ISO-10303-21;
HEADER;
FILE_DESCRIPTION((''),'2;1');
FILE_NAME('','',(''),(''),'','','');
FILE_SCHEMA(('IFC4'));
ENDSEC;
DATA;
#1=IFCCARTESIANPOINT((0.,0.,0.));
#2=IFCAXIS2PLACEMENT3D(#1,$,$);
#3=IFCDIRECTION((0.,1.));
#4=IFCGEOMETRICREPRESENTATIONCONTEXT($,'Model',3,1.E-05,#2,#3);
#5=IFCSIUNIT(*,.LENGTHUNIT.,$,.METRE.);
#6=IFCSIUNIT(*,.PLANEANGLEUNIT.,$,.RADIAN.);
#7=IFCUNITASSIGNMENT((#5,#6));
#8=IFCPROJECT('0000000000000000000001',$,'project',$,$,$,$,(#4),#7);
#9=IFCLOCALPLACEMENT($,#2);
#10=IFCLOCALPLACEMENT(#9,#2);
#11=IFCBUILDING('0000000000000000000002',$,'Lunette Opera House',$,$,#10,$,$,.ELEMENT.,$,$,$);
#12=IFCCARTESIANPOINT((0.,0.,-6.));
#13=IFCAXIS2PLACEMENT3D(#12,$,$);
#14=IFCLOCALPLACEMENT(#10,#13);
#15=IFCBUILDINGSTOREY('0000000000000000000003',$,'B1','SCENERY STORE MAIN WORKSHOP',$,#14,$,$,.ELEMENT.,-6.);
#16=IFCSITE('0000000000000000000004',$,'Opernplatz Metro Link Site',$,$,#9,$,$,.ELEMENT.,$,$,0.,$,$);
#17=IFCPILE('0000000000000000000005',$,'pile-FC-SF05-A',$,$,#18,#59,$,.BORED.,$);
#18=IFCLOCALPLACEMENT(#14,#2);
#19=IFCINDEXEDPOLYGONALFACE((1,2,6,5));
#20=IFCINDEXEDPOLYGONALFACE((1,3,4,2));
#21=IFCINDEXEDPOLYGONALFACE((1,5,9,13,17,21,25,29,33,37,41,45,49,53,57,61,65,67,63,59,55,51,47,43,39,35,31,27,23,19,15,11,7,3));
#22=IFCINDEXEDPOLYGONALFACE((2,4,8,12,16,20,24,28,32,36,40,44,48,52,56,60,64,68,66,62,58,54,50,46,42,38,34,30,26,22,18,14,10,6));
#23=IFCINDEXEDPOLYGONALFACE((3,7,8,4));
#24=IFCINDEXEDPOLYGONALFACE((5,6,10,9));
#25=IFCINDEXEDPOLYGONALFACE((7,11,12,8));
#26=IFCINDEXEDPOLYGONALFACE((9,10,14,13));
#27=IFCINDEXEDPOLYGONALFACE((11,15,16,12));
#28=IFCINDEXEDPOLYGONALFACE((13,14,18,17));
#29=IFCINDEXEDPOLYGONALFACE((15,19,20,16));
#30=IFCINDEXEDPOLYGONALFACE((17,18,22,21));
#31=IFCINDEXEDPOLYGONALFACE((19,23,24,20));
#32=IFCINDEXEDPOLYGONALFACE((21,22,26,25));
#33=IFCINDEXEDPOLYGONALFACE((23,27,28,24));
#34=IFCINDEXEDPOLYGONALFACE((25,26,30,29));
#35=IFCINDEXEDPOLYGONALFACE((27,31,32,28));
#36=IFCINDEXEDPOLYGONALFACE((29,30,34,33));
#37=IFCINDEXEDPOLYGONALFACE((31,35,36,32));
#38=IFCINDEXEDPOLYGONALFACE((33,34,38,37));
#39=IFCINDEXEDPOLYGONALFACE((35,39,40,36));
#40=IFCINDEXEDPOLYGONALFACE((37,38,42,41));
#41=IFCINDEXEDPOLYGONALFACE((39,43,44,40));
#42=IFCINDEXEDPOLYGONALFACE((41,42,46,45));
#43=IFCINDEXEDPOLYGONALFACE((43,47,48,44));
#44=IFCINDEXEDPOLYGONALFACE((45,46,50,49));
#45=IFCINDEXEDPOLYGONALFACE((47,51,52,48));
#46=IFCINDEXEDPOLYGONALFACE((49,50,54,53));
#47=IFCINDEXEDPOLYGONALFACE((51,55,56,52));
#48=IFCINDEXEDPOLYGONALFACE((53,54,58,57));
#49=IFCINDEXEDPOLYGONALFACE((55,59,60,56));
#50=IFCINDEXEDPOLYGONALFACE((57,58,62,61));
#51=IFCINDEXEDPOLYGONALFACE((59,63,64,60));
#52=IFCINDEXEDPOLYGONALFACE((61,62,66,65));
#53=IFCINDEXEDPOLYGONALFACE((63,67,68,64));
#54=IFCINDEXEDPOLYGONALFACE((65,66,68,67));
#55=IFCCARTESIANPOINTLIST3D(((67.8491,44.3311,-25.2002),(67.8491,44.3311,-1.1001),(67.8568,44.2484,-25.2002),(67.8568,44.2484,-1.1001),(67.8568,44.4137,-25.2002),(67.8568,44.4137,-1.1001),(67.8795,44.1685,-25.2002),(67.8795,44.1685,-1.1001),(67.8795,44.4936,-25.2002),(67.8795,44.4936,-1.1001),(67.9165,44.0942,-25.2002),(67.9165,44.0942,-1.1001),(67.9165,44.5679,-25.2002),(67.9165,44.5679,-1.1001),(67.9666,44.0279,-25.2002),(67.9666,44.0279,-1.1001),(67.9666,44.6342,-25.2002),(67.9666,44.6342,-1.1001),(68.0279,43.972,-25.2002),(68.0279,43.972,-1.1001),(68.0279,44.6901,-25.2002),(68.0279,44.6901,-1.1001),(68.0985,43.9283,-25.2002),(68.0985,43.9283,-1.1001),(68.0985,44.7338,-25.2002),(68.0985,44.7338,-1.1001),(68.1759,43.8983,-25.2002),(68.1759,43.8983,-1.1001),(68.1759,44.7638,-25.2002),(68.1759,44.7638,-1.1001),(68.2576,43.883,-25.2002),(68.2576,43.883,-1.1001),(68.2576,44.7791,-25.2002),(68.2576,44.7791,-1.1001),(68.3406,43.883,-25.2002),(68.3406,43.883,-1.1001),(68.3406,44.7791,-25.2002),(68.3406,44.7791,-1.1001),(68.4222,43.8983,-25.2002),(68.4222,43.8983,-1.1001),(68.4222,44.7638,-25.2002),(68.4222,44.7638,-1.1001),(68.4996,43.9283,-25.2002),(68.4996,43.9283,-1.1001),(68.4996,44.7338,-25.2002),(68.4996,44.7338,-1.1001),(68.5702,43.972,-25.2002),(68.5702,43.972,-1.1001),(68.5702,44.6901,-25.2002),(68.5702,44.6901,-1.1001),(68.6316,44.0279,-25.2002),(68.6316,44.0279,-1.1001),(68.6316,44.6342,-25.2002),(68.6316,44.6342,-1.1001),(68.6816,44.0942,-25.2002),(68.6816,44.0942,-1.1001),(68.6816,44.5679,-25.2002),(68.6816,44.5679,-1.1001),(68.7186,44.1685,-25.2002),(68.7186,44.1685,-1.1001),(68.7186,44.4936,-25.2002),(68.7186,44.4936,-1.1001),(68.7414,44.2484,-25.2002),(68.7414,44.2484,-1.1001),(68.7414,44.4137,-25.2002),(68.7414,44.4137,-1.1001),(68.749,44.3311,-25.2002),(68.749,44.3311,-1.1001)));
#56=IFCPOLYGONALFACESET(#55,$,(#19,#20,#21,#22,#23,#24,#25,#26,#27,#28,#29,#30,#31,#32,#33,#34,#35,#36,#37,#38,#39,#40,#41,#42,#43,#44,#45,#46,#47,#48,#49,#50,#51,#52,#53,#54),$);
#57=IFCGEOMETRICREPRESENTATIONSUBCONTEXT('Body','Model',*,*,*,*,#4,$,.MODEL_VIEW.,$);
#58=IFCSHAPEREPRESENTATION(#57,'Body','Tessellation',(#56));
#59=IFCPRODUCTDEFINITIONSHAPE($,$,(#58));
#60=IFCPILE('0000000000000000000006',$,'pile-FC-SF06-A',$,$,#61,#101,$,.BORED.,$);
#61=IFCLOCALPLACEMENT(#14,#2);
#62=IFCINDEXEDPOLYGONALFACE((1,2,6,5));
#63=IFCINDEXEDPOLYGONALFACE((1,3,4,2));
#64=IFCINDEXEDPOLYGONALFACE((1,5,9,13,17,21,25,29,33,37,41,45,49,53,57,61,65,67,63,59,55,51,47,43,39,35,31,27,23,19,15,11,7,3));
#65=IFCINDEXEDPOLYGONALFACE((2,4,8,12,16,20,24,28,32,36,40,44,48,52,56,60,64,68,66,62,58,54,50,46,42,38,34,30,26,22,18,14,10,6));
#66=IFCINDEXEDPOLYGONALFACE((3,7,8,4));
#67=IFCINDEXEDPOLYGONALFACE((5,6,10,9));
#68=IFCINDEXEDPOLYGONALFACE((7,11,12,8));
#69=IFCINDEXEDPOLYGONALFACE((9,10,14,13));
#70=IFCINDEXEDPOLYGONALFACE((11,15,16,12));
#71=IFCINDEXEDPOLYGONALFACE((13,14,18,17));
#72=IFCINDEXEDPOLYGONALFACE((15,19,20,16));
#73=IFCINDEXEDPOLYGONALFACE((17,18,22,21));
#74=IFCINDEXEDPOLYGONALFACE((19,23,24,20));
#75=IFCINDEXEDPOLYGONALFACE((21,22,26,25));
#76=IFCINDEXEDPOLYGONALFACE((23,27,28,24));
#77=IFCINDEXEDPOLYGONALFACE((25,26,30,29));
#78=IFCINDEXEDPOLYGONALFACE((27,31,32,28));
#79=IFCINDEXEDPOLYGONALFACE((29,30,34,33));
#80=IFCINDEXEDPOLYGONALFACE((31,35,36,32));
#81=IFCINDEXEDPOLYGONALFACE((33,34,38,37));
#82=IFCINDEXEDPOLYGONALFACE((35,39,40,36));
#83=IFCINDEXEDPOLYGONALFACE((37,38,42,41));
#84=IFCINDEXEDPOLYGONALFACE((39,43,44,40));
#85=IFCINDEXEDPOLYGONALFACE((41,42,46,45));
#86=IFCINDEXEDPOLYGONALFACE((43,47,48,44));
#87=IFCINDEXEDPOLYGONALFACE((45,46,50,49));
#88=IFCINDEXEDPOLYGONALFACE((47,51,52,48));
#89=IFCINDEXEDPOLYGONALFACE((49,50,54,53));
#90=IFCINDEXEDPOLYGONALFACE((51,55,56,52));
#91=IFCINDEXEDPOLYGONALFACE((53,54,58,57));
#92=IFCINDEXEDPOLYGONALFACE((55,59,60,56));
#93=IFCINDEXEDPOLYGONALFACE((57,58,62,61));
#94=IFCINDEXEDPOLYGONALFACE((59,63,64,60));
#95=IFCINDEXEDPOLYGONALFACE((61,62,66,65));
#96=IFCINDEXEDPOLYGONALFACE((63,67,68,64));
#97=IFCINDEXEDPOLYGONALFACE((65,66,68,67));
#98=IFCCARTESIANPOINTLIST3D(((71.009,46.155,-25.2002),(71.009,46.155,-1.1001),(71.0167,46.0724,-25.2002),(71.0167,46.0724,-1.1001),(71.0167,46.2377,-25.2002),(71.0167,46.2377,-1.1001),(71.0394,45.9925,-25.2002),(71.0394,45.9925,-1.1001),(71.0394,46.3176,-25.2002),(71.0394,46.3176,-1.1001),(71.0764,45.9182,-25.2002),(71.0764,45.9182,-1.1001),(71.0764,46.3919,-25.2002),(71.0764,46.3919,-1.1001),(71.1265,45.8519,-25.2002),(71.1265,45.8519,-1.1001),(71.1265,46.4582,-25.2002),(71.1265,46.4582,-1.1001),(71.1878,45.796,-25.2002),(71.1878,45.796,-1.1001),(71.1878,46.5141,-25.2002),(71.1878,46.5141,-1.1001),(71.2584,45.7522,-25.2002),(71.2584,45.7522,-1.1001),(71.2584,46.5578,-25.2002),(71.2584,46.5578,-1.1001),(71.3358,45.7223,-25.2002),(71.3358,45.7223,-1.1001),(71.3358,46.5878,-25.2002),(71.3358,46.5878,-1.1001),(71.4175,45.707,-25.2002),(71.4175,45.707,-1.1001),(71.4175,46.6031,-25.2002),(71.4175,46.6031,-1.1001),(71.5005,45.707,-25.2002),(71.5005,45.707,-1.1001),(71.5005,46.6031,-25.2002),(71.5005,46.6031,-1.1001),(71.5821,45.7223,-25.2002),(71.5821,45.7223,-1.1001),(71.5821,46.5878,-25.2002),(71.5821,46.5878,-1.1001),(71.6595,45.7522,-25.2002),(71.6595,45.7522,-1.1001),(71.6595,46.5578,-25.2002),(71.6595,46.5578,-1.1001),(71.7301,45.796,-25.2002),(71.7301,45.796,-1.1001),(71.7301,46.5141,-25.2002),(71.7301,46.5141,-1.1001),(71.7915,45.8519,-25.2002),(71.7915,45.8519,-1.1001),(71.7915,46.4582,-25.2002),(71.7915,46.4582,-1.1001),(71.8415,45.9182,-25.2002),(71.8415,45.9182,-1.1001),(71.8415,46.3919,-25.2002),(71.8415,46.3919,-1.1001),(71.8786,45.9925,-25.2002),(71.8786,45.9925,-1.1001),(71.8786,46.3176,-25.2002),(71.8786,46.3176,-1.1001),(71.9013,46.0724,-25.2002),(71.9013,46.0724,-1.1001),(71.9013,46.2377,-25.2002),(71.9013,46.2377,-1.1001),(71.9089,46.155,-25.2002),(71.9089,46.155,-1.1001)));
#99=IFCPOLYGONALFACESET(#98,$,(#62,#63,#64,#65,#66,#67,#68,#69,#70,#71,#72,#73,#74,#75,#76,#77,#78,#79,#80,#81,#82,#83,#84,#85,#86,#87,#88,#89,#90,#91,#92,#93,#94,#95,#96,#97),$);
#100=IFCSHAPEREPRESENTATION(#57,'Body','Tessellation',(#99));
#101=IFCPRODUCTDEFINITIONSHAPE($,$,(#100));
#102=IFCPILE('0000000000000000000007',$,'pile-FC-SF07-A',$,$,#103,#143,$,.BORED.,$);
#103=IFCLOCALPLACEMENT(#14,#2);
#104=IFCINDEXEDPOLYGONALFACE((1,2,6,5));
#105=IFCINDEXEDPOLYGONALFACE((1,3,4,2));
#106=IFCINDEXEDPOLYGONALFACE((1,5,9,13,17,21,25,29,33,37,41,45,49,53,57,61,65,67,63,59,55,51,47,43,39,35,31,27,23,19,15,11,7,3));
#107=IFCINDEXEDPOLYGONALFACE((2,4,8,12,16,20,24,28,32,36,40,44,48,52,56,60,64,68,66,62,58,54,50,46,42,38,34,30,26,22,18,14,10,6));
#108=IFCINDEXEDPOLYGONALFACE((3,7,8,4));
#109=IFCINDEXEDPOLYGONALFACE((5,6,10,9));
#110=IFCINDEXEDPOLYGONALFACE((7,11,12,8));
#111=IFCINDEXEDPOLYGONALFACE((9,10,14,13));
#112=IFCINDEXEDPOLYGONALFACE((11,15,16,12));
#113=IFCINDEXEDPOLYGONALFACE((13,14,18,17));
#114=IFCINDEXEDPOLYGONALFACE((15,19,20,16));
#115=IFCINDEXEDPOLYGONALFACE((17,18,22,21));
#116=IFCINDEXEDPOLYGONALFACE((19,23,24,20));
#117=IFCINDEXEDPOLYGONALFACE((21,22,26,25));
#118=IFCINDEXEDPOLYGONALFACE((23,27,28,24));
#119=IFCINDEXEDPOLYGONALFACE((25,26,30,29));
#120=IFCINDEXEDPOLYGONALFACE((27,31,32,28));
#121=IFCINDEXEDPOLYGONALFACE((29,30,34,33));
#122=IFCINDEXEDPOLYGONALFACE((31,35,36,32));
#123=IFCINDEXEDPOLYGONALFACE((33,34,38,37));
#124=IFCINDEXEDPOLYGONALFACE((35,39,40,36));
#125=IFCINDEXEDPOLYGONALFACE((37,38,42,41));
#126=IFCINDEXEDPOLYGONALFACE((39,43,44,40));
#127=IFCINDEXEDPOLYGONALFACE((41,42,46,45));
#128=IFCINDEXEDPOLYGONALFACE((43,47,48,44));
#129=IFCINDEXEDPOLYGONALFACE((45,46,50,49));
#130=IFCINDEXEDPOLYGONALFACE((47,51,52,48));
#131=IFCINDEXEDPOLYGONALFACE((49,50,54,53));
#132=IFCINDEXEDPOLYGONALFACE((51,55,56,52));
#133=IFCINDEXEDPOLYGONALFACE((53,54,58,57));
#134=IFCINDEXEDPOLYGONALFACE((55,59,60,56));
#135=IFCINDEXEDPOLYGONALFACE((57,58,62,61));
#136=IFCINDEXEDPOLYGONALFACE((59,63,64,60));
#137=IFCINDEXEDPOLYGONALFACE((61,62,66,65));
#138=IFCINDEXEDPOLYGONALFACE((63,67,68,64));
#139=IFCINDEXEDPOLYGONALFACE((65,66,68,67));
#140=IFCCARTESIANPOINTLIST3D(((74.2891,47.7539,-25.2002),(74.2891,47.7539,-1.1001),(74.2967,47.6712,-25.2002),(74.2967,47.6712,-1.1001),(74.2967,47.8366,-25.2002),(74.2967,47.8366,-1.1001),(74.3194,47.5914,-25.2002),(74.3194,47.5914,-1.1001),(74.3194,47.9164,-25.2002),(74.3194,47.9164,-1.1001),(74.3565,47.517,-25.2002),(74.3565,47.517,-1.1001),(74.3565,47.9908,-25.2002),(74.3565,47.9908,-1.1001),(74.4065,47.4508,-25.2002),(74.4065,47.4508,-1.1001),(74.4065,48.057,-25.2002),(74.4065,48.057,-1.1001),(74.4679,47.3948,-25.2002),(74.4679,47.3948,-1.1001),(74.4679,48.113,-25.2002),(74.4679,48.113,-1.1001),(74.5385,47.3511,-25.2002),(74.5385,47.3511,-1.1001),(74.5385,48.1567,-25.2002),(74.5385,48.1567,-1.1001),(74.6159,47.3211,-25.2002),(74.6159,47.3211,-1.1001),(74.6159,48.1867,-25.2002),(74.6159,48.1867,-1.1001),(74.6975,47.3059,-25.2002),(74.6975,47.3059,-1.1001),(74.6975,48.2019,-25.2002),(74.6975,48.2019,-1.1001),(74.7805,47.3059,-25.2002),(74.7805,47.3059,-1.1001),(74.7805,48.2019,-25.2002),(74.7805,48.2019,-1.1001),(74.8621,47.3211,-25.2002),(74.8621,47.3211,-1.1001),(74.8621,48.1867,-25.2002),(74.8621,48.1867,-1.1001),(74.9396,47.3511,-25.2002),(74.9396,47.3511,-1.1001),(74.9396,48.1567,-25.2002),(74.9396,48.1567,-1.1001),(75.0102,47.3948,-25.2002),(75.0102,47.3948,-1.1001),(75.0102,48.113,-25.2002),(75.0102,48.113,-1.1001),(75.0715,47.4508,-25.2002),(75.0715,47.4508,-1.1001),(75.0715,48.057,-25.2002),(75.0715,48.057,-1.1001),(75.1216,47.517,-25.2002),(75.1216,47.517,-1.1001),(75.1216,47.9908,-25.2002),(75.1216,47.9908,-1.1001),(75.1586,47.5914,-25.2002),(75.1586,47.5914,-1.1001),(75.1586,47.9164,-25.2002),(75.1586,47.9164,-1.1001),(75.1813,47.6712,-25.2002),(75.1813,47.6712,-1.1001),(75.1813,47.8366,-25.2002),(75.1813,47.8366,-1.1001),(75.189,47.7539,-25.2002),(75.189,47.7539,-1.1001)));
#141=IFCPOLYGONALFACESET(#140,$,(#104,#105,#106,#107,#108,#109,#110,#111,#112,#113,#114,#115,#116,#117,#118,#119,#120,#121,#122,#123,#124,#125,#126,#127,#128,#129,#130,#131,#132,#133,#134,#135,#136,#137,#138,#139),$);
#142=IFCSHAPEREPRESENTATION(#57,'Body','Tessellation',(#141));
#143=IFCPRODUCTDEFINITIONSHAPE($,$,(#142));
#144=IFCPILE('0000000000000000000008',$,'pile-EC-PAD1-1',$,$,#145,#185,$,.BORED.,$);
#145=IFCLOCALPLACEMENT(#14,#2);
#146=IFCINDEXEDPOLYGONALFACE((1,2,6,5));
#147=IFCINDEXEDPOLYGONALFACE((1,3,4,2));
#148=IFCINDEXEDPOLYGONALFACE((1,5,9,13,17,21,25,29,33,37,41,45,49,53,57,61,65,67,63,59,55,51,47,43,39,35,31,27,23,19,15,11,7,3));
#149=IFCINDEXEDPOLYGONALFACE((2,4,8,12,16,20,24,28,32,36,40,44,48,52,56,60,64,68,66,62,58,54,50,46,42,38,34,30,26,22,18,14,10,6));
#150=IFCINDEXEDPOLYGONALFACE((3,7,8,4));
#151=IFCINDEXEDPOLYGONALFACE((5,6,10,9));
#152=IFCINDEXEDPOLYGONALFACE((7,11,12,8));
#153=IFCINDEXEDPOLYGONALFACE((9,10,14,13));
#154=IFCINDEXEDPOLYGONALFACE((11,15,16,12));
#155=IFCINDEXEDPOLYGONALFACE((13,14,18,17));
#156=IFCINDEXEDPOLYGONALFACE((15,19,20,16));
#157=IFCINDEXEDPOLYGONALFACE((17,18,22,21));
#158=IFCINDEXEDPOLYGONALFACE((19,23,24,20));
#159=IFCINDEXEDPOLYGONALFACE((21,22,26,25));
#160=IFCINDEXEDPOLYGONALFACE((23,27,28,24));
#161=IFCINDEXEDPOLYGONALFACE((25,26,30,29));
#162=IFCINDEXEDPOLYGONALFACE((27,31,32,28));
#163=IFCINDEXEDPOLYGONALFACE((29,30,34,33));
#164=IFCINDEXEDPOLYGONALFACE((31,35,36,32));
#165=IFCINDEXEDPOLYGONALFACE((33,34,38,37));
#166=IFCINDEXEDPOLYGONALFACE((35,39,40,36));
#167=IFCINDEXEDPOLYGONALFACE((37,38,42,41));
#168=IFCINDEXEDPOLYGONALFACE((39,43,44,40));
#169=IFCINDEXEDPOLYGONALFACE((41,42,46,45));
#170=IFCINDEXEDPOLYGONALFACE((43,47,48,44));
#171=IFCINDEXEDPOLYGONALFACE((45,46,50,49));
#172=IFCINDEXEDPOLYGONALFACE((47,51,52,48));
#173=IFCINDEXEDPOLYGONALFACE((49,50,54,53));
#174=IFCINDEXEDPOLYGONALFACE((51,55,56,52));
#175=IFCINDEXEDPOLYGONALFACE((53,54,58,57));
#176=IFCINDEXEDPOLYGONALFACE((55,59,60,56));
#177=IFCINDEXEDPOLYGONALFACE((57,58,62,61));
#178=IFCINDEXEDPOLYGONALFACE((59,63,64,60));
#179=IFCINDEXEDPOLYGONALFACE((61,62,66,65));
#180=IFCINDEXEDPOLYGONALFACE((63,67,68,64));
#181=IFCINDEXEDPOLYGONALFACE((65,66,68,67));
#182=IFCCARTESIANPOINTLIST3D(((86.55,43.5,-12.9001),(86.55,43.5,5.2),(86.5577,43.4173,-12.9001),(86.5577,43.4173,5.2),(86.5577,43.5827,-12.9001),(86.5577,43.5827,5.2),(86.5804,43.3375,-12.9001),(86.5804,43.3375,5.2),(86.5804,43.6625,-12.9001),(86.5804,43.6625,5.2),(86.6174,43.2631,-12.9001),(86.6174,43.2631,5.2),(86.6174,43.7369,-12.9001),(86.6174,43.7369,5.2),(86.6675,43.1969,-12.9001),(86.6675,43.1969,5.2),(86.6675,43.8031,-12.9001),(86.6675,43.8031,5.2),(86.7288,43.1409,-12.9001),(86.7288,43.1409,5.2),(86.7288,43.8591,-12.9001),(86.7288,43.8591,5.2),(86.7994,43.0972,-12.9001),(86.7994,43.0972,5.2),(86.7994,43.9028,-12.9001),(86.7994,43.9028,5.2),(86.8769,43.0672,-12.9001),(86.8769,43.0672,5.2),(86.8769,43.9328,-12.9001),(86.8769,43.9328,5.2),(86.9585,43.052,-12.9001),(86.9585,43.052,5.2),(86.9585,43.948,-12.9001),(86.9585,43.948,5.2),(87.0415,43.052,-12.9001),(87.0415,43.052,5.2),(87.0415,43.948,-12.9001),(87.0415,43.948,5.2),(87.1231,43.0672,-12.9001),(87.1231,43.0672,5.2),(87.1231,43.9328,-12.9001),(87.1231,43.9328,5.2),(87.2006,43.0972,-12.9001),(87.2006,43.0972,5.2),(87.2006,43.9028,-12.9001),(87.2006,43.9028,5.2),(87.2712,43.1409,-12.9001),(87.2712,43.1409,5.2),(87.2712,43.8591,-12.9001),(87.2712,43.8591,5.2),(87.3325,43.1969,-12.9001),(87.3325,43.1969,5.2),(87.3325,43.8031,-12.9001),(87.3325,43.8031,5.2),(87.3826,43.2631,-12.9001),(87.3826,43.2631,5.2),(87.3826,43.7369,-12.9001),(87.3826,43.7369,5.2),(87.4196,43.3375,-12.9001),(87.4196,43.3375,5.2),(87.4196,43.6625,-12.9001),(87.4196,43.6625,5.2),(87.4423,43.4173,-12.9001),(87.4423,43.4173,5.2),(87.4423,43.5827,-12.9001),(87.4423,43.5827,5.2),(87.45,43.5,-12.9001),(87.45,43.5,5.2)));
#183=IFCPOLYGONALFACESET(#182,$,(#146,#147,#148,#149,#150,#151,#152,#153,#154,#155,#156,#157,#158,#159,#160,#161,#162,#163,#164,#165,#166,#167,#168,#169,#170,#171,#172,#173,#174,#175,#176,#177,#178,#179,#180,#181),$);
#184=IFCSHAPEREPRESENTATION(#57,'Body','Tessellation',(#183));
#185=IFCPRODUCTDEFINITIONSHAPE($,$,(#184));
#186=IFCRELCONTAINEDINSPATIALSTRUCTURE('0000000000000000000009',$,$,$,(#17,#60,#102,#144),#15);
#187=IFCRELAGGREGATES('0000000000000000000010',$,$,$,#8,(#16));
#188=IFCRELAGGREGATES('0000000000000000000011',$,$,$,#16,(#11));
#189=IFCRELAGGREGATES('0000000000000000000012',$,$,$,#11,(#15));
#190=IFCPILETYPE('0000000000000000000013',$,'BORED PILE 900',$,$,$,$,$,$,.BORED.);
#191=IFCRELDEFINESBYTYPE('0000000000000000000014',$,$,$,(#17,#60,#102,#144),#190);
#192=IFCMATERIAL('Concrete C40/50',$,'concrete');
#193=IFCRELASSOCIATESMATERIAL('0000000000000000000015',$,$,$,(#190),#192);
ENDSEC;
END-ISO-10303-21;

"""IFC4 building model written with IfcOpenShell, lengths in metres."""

from ifc_helpers import new_model, si_unit, direction, frame, origin, origin_2d, place, context, subcontext, project, spatial, circle, extrude, material, material_profile, profile_set, type_object, element, save


model = new_model("IFC4")

# Units and contexts
model_context = context("Model", 3, precision=1e-05, world=origin(), true_north=direction((0.0, 1.0)))
body_context = subcontext(model_context, "Body", "Model", "MODEL_VIEW")
ifc_project = project(units=[si_unit("LENGTHUNIT", "METRE"), si_unit("PLANEANGLEUNIT", "RADIAN")], contexts=[model_context])

# Site, building, storey
site_placement = place(None, origin())
site = spatial("IfcSite", under=ifc_project, at=site_placement, Name="Opernplatz Metro Link Site", CompositionType="ELEMENT", RefElevation=0.0)
building_placement = place(site_placement, origin())
building = spatial("IfcBuilding", under=site, at=building_placement, Name="Lunette Opera House", CompositionType="ELEMENT")
storey_placement = place(building_placement, frame((0.0, 0.0, -6.0)))
storey = spatial("IfcBuildingStorey", under=building, at=storey_placement, Name="B1", Description="SCENERY STORE MAIN WORKSHOP", CompositionType="ELEMENT", Elevation=-6.0)

# Piles
ifc_material_1 = material(Name="Concrete C40/50", Category="concrete")
ifc_material_profile_1 = material_profile(ifc_material_1, circle(Radius=0.45, at=origin_2d()), Name="BORED PILE 900")
ifc_profile_set_1 = profile_set([ifc_material_profile_1], Name="Concrete C40/50")
pile_type = type_object("IfcPileType", Name="BORED PILE 900", PredefinedType="BORED", material=ifc_profile_set_1)
for number, where, z_axis, x_axis, name in (
    (1, (68.2991, 44.3311, -1.1001), (0.0, 0.0, -1.0), (1.0, 0.0, 0.0), "pile-FC-SF05-A"),
    (2, (71.459, 46.155, -1.1001), (0.0, 0.0, -1.0), (1.0, 0.0, 0.0), "pile-FC-SF06-A"),
    (3, (74.739, 47.7539, -1.1001), (0.0, 0.0, -1.0), (1.0, 0.0, 0.0), "pile-FC-SF07-A"),
):
    element("IfcPile", number, at=place(storey_placement, frame(where, z_axis=z_axis, x_axis=x_axis)), inside=storey, type_object=pile_type, Name=name, PredefinedType="BORED", context=body_context, shape_type="SweptSolid", body=[
        extrude(circle(Radius=0.45, at=origin_2d()), origin(), (0.0, 0.0, 1.0), 24.1001),
    ])
pile_placement = place(storey_placement, frame((87.0, 43.5, 5.2), z_axis=(0.0, 0.0, -1.0), x_axis=(1.0, 0.0, 0.0)))
element("IfcPile", 4, at=pile_placement, inside=storey, type_object=pile_type, Name="pile-EC-PAD1-1", PredefinedType="BORED", context=body_context, shape_type="SweptSolid", body=[
    extrude(circle(Radius=0.45, at=origin_2d()), origin(), (0.0, 0.0, 1.0), 18.1001),
])

save(model, "model.ifc")
